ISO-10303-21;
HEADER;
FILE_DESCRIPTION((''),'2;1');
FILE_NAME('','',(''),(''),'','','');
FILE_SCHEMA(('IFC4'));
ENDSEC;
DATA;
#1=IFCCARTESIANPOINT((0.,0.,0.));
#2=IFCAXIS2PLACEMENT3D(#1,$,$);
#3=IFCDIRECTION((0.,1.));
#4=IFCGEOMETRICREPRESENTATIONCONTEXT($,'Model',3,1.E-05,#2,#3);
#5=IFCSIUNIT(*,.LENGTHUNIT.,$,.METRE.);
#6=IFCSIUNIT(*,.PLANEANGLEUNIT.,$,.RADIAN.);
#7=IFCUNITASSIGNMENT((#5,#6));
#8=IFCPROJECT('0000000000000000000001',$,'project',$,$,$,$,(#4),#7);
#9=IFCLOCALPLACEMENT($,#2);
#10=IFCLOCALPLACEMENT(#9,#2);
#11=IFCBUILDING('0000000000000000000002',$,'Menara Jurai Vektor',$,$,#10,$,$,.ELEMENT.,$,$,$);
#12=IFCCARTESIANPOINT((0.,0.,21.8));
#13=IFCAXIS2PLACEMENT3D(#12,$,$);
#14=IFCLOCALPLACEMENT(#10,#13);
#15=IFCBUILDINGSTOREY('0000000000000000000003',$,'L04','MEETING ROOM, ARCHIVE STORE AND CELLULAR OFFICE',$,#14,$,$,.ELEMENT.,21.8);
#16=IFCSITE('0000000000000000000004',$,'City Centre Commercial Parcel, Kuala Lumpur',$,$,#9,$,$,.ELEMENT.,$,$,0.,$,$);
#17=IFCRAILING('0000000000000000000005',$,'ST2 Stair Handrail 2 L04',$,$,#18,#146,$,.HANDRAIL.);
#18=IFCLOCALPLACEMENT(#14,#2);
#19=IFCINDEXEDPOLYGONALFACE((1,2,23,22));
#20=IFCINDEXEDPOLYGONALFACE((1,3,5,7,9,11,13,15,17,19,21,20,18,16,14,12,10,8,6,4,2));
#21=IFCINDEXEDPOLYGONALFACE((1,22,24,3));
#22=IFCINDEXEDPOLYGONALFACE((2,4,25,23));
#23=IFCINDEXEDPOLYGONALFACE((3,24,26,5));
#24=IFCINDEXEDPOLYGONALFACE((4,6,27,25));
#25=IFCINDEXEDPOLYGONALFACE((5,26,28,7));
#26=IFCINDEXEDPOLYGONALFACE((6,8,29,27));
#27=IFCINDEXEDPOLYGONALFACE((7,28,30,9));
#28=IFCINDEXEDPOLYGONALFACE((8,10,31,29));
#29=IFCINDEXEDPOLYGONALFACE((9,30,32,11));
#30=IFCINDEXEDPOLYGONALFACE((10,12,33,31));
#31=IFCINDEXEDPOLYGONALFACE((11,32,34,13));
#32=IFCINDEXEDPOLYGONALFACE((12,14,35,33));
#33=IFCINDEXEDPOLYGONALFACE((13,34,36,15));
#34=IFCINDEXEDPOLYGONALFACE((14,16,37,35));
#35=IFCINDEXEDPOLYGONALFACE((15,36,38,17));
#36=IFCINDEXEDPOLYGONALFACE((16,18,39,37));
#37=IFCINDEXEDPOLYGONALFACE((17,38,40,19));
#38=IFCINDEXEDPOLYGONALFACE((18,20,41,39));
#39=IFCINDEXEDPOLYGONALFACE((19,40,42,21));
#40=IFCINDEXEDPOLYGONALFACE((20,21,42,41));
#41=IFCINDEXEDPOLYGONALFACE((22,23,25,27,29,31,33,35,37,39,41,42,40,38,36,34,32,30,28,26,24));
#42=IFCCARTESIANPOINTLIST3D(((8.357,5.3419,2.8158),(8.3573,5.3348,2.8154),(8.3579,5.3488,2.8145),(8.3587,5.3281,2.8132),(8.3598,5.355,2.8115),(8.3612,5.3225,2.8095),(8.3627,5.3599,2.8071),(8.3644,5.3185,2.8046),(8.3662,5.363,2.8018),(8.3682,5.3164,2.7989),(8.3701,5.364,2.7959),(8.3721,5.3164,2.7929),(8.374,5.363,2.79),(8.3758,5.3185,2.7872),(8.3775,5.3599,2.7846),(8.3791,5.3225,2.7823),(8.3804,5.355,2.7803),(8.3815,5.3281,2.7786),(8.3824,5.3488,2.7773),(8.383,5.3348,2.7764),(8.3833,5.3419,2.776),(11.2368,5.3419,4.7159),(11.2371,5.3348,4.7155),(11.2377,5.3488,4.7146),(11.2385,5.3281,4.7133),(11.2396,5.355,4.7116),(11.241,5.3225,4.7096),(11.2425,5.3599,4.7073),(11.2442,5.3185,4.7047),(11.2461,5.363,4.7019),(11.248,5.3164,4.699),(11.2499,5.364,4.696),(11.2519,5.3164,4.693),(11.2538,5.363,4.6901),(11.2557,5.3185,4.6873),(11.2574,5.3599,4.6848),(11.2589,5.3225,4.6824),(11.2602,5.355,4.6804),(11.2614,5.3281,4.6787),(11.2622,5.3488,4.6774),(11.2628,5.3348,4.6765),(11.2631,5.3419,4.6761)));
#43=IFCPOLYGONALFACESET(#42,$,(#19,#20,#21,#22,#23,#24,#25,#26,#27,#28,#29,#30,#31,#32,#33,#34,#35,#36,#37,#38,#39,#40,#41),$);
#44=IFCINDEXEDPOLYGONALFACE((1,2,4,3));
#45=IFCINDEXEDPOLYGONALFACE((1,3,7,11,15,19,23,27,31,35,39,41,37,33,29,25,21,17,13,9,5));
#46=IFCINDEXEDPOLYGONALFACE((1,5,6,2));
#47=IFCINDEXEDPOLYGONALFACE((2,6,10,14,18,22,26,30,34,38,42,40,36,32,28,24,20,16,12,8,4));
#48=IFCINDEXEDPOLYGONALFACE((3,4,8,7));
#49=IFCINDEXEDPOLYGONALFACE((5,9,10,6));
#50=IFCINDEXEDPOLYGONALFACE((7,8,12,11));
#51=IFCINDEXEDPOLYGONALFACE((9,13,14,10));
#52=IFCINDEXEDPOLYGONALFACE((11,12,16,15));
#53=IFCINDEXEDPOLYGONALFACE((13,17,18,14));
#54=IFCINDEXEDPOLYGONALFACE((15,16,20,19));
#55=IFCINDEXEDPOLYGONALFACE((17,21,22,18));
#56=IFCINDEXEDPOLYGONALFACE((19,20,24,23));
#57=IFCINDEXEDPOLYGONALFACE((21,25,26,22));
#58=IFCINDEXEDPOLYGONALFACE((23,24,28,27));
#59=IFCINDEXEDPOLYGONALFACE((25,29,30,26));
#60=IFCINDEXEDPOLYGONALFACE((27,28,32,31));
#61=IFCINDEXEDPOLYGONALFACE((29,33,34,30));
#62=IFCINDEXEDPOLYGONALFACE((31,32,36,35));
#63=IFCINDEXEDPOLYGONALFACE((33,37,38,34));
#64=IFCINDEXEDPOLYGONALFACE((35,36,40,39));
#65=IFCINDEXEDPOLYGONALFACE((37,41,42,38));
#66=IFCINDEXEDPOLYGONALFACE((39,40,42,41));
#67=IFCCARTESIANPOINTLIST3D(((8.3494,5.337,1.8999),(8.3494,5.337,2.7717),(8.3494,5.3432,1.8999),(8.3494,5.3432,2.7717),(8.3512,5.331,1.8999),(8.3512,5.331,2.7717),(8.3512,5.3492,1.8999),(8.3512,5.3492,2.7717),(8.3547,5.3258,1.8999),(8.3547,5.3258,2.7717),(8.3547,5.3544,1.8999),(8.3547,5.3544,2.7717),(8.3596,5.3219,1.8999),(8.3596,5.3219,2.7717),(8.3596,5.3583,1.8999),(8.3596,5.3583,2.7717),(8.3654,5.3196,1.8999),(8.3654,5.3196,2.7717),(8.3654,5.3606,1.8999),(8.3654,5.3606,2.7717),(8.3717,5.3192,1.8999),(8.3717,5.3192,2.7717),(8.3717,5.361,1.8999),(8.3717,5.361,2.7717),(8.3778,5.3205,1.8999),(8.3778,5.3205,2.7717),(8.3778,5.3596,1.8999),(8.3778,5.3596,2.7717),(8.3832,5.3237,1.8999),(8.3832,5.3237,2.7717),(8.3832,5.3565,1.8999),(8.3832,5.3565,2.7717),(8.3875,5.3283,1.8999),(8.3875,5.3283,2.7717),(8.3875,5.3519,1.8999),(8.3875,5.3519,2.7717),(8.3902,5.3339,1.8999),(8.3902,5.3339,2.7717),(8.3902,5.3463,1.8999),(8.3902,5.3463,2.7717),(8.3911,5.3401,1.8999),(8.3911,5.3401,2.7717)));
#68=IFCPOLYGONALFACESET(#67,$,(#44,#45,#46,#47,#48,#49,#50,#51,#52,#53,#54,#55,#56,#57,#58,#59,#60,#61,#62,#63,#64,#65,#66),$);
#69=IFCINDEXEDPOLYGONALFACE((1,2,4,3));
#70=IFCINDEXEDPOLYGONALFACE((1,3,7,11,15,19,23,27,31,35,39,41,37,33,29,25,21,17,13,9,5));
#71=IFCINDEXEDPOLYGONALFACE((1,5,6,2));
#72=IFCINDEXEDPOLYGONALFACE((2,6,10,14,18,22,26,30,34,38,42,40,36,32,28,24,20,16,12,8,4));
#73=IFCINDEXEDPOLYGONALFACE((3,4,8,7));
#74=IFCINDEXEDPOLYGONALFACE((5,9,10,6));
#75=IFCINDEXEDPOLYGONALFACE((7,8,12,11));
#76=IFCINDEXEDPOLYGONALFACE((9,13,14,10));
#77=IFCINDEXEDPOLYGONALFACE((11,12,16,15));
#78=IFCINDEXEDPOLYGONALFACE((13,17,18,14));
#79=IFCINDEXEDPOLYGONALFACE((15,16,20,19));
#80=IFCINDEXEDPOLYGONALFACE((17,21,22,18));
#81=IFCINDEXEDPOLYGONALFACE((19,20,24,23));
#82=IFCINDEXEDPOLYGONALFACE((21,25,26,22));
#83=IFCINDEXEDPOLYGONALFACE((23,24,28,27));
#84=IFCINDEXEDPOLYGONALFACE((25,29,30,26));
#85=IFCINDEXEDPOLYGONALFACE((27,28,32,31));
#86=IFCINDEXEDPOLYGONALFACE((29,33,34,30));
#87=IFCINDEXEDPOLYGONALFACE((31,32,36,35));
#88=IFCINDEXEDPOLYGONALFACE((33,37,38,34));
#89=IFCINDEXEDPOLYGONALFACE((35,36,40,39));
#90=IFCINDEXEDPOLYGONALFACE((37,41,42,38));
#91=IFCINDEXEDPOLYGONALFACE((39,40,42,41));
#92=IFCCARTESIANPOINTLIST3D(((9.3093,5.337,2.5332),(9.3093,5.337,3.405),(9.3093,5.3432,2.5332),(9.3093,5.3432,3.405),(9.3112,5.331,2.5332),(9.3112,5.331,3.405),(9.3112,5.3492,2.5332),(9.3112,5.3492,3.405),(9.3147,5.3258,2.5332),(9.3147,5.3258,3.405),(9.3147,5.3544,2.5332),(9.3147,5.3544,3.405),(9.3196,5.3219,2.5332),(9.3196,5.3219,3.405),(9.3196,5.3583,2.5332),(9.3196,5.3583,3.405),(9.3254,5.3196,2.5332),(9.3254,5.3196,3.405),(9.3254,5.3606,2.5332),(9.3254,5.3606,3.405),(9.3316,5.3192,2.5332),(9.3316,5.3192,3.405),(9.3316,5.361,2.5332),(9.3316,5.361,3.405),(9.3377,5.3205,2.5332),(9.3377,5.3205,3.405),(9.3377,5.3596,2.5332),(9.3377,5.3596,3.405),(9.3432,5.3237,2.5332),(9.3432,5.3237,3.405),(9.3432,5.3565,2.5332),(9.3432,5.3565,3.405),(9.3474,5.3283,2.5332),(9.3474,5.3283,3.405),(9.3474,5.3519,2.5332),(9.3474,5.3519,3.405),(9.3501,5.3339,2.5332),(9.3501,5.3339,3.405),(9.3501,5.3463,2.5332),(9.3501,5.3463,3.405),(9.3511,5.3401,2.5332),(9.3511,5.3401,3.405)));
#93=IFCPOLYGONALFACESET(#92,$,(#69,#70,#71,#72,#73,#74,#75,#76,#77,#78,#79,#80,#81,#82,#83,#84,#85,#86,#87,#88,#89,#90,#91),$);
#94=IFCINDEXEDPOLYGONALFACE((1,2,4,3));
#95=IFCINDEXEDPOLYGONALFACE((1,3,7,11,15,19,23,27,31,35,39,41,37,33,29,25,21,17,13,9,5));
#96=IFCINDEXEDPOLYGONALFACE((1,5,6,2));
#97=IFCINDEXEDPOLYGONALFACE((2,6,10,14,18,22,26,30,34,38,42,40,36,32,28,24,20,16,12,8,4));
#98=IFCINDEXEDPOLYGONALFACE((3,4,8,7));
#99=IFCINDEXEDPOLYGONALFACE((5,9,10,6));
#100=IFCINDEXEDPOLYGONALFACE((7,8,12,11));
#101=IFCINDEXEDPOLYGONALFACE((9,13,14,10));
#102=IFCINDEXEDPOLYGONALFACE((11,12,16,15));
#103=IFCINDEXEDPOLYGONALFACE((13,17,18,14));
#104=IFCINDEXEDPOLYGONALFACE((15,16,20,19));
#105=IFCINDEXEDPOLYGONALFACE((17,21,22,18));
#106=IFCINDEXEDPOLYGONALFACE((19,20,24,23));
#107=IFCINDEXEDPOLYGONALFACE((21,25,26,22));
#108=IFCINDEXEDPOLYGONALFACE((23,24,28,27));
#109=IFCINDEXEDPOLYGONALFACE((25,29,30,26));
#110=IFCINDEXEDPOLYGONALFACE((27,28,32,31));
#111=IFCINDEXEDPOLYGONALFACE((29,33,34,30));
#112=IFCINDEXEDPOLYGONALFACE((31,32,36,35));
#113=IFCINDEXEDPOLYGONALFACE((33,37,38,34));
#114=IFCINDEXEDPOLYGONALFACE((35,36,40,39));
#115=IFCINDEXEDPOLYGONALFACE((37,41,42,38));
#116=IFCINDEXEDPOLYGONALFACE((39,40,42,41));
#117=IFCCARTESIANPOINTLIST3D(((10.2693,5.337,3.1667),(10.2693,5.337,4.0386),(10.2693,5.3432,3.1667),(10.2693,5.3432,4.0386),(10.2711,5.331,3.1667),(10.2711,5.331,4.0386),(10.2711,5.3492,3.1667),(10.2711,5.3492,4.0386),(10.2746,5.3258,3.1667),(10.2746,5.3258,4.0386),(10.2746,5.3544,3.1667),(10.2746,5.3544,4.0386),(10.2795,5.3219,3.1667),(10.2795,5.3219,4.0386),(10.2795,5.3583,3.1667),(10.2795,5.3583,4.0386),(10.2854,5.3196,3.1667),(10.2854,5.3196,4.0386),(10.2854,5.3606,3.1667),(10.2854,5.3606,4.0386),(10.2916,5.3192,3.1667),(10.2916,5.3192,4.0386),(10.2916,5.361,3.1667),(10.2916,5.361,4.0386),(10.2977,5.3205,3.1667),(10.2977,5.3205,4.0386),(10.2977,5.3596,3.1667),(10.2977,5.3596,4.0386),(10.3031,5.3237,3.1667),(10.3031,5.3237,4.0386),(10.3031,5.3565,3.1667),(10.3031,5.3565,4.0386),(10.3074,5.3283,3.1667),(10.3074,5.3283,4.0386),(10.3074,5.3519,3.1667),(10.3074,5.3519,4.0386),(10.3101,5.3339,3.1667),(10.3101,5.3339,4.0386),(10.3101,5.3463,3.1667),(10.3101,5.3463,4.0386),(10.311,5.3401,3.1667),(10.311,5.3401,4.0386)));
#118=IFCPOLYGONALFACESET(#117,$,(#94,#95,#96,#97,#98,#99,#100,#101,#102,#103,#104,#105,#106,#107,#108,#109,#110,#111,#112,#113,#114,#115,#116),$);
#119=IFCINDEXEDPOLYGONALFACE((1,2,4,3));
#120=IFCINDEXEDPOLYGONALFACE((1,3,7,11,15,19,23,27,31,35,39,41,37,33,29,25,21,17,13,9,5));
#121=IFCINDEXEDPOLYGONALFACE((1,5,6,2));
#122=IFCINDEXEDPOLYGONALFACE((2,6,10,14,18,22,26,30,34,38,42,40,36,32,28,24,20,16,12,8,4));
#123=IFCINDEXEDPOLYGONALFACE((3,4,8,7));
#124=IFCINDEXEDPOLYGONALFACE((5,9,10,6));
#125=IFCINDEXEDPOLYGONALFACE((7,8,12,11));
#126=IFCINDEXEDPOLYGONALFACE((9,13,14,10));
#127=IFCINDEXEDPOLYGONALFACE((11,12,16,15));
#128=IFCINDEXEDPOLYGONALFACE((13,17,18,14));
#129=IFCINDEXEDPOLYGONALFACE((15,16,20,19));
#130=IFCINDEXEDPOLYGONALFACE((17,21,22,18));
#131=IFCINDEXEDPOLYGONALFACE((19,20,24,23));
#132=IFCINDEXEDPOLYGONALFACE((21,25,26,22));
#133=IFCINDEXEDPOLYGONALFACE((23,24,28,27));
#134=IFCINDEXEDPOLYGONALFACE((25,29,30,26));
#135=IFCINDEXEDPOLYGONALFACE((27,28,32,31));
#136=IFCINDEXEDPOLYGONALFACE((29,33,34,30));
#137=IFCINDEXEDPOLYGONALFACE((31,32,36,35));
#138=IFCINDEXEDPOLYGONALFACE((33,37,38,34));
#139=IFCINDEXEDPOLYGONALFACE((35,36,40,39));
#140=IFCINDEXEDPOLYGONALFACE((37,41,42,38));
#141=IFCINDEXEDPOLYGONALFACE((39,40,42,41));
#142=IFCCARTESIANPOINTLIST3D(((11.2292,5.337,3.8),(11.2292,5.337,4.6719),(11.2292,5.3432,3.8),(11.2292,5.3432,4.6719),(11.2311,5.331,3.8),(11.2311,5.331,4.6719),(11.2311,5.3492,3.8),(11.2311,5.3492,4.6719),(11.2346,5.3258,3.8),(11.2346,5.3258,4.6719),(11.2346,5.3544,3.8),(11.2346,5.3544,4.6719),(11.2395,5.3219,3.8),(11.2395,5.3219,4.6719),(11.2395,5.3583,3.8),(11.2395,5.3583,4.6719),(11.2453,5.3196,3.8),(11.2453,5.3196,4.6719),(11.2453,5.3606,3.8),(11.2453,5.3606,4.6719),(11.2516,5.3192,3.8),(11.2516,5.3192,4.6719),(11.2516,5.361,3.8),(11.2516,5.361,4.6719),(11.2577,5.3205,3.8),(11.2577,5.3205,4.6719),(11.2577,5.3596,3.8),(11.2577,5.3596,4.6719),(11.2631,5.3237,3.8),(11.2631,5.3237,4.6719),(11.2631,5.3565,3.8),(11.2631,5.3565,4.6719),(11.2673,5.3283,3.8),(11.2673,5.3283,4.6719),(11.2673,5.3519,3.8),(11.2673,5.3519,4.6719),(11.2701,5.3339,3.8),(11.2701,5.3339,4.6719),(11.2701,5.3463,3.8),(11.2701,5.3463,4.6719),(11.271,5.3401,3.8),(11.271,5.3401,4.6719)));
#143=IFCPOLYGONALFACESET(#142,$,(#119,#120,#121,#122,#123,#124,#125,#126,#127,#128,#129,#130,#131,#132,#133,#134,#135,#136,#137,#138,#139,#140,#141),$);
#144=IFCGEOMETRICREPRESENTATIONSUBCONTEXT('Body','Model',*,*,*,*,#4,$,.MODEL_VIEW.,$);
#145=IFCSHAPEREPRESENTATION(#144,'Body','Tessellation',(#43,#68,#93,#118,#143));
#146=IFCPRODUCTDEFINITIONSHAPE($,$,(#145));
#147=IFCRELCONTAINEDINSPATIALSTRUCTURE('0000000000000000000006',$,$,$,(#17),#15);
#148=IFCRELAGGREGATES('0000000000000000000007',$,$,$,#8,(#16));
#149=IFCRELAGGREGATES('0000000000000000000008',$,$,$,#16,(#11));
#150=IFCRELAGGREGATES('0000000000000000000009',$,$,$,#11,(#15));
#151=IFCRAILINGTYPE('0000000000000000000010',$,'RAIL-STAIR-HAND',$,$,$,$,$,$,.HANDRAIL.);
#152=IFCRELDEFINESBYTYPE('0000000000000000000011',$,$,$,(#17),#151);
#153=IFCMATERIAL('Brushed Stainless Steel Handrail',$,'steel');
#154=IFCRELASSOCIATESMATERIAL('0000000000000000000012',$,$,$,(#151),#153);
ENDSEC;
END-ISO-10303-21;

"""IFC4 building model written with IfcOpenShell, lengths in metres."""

from ifc_helpers import new_model, si_unit, direction, frame, origin, origin_2d, place, context, subcontext, project, spatial, circle, extrude, material, type_object, element, save


model = new_model("IFC4")

# Units and contexts
model_context = context("Model", 3, precision=1e-05, world=origin(), true_north=direction((0.0, 1.0)))
body_context = subcontext(model_context, "Body", "Model", "MODEL_VIEW")
ifc_project = project(units=[si_unit("LENGTHUNIT", "METRE"), si_unit("PLANEANGLEUNIT", "RADIAN")], contexts=[model_context])

# Site, building, storey
site_placement = place(None, origin())
site = spatial("IfcSite", under=ifc_project, at=site_placement, Name="City Centre Commercial Parcel, Kuala Lumpur", CompositionType="ELEMENT", RefElevation=0.0)
building_placement = place(site_placement, origin())
building = spatial("IfcBuilding", under=site, at=building_placement, Name="Menara Jurai Vektor", CompositionType="ELEMENT")
storey_placement = place(building_placement, frame((0.0, 0.0, 21.8)))
storey = spatial("IfcBuildingStorey", under=building, at=storey_placement, Name="L04", Description="MEETING ROOM, ARCHIVE STORE AND CELLULAR OFFICE", CompositionType="ELEMENT", Elevation=21.8)

# Railing
ifc_material_1 = material(Name="Brushed Stainless Steel Handrail", Category="steel")
railing_type_1 = type_object("IfcRailingType", Name="RAIL-STAIR-HAND", PredefinedType="HANDRAIL", material=ifc_material_1)
railing_1_placement = place(storey_placement, frame((8.3701, 5.3401, 1.8999)))
element("IfcRailing", 1, at=railing_1_placement, inside=storey, type_object=railing_type_1, Name="ST2 Stair Handrail 2 L04", PredefinedType="HANDRAIL", context=body_context, shape_type="SweptSolid", body=[
    extrude(circle(Radius=0.0239, at=origin_2d()), frame((0.0, 0.0, 0.896), z_axis=(0.834686, 0.0, 0.550726), x_axis=(0.0, 1.0, 0.0)), (0.0, 0.0, 1.0), 3.4502),
    extrude(circle(Radius=0.021, at=origin_2d()), origin(), (0.0, 0.0, 1.0), 0.8718),
    extrude(circle(Radius=0.021, at=origin_2d()), frame((0.96, 0.0, 0.6333)), (0.0, 0.0, 1.0), 0.8718),
    extrude(circle(Radius=0.021, at=origin_2d()), frame((1.9199, 0.0, 1.2668)), (0.0, 0.0, 1.0), 0.8718),
    extrude(circle(Radius=0.021, at=origin_2d()), frame((2.8799, 0.0, 1.9001)), (0.0, 0.0, 1.0), 0.8718),
])

save(model, "model.ifc")
